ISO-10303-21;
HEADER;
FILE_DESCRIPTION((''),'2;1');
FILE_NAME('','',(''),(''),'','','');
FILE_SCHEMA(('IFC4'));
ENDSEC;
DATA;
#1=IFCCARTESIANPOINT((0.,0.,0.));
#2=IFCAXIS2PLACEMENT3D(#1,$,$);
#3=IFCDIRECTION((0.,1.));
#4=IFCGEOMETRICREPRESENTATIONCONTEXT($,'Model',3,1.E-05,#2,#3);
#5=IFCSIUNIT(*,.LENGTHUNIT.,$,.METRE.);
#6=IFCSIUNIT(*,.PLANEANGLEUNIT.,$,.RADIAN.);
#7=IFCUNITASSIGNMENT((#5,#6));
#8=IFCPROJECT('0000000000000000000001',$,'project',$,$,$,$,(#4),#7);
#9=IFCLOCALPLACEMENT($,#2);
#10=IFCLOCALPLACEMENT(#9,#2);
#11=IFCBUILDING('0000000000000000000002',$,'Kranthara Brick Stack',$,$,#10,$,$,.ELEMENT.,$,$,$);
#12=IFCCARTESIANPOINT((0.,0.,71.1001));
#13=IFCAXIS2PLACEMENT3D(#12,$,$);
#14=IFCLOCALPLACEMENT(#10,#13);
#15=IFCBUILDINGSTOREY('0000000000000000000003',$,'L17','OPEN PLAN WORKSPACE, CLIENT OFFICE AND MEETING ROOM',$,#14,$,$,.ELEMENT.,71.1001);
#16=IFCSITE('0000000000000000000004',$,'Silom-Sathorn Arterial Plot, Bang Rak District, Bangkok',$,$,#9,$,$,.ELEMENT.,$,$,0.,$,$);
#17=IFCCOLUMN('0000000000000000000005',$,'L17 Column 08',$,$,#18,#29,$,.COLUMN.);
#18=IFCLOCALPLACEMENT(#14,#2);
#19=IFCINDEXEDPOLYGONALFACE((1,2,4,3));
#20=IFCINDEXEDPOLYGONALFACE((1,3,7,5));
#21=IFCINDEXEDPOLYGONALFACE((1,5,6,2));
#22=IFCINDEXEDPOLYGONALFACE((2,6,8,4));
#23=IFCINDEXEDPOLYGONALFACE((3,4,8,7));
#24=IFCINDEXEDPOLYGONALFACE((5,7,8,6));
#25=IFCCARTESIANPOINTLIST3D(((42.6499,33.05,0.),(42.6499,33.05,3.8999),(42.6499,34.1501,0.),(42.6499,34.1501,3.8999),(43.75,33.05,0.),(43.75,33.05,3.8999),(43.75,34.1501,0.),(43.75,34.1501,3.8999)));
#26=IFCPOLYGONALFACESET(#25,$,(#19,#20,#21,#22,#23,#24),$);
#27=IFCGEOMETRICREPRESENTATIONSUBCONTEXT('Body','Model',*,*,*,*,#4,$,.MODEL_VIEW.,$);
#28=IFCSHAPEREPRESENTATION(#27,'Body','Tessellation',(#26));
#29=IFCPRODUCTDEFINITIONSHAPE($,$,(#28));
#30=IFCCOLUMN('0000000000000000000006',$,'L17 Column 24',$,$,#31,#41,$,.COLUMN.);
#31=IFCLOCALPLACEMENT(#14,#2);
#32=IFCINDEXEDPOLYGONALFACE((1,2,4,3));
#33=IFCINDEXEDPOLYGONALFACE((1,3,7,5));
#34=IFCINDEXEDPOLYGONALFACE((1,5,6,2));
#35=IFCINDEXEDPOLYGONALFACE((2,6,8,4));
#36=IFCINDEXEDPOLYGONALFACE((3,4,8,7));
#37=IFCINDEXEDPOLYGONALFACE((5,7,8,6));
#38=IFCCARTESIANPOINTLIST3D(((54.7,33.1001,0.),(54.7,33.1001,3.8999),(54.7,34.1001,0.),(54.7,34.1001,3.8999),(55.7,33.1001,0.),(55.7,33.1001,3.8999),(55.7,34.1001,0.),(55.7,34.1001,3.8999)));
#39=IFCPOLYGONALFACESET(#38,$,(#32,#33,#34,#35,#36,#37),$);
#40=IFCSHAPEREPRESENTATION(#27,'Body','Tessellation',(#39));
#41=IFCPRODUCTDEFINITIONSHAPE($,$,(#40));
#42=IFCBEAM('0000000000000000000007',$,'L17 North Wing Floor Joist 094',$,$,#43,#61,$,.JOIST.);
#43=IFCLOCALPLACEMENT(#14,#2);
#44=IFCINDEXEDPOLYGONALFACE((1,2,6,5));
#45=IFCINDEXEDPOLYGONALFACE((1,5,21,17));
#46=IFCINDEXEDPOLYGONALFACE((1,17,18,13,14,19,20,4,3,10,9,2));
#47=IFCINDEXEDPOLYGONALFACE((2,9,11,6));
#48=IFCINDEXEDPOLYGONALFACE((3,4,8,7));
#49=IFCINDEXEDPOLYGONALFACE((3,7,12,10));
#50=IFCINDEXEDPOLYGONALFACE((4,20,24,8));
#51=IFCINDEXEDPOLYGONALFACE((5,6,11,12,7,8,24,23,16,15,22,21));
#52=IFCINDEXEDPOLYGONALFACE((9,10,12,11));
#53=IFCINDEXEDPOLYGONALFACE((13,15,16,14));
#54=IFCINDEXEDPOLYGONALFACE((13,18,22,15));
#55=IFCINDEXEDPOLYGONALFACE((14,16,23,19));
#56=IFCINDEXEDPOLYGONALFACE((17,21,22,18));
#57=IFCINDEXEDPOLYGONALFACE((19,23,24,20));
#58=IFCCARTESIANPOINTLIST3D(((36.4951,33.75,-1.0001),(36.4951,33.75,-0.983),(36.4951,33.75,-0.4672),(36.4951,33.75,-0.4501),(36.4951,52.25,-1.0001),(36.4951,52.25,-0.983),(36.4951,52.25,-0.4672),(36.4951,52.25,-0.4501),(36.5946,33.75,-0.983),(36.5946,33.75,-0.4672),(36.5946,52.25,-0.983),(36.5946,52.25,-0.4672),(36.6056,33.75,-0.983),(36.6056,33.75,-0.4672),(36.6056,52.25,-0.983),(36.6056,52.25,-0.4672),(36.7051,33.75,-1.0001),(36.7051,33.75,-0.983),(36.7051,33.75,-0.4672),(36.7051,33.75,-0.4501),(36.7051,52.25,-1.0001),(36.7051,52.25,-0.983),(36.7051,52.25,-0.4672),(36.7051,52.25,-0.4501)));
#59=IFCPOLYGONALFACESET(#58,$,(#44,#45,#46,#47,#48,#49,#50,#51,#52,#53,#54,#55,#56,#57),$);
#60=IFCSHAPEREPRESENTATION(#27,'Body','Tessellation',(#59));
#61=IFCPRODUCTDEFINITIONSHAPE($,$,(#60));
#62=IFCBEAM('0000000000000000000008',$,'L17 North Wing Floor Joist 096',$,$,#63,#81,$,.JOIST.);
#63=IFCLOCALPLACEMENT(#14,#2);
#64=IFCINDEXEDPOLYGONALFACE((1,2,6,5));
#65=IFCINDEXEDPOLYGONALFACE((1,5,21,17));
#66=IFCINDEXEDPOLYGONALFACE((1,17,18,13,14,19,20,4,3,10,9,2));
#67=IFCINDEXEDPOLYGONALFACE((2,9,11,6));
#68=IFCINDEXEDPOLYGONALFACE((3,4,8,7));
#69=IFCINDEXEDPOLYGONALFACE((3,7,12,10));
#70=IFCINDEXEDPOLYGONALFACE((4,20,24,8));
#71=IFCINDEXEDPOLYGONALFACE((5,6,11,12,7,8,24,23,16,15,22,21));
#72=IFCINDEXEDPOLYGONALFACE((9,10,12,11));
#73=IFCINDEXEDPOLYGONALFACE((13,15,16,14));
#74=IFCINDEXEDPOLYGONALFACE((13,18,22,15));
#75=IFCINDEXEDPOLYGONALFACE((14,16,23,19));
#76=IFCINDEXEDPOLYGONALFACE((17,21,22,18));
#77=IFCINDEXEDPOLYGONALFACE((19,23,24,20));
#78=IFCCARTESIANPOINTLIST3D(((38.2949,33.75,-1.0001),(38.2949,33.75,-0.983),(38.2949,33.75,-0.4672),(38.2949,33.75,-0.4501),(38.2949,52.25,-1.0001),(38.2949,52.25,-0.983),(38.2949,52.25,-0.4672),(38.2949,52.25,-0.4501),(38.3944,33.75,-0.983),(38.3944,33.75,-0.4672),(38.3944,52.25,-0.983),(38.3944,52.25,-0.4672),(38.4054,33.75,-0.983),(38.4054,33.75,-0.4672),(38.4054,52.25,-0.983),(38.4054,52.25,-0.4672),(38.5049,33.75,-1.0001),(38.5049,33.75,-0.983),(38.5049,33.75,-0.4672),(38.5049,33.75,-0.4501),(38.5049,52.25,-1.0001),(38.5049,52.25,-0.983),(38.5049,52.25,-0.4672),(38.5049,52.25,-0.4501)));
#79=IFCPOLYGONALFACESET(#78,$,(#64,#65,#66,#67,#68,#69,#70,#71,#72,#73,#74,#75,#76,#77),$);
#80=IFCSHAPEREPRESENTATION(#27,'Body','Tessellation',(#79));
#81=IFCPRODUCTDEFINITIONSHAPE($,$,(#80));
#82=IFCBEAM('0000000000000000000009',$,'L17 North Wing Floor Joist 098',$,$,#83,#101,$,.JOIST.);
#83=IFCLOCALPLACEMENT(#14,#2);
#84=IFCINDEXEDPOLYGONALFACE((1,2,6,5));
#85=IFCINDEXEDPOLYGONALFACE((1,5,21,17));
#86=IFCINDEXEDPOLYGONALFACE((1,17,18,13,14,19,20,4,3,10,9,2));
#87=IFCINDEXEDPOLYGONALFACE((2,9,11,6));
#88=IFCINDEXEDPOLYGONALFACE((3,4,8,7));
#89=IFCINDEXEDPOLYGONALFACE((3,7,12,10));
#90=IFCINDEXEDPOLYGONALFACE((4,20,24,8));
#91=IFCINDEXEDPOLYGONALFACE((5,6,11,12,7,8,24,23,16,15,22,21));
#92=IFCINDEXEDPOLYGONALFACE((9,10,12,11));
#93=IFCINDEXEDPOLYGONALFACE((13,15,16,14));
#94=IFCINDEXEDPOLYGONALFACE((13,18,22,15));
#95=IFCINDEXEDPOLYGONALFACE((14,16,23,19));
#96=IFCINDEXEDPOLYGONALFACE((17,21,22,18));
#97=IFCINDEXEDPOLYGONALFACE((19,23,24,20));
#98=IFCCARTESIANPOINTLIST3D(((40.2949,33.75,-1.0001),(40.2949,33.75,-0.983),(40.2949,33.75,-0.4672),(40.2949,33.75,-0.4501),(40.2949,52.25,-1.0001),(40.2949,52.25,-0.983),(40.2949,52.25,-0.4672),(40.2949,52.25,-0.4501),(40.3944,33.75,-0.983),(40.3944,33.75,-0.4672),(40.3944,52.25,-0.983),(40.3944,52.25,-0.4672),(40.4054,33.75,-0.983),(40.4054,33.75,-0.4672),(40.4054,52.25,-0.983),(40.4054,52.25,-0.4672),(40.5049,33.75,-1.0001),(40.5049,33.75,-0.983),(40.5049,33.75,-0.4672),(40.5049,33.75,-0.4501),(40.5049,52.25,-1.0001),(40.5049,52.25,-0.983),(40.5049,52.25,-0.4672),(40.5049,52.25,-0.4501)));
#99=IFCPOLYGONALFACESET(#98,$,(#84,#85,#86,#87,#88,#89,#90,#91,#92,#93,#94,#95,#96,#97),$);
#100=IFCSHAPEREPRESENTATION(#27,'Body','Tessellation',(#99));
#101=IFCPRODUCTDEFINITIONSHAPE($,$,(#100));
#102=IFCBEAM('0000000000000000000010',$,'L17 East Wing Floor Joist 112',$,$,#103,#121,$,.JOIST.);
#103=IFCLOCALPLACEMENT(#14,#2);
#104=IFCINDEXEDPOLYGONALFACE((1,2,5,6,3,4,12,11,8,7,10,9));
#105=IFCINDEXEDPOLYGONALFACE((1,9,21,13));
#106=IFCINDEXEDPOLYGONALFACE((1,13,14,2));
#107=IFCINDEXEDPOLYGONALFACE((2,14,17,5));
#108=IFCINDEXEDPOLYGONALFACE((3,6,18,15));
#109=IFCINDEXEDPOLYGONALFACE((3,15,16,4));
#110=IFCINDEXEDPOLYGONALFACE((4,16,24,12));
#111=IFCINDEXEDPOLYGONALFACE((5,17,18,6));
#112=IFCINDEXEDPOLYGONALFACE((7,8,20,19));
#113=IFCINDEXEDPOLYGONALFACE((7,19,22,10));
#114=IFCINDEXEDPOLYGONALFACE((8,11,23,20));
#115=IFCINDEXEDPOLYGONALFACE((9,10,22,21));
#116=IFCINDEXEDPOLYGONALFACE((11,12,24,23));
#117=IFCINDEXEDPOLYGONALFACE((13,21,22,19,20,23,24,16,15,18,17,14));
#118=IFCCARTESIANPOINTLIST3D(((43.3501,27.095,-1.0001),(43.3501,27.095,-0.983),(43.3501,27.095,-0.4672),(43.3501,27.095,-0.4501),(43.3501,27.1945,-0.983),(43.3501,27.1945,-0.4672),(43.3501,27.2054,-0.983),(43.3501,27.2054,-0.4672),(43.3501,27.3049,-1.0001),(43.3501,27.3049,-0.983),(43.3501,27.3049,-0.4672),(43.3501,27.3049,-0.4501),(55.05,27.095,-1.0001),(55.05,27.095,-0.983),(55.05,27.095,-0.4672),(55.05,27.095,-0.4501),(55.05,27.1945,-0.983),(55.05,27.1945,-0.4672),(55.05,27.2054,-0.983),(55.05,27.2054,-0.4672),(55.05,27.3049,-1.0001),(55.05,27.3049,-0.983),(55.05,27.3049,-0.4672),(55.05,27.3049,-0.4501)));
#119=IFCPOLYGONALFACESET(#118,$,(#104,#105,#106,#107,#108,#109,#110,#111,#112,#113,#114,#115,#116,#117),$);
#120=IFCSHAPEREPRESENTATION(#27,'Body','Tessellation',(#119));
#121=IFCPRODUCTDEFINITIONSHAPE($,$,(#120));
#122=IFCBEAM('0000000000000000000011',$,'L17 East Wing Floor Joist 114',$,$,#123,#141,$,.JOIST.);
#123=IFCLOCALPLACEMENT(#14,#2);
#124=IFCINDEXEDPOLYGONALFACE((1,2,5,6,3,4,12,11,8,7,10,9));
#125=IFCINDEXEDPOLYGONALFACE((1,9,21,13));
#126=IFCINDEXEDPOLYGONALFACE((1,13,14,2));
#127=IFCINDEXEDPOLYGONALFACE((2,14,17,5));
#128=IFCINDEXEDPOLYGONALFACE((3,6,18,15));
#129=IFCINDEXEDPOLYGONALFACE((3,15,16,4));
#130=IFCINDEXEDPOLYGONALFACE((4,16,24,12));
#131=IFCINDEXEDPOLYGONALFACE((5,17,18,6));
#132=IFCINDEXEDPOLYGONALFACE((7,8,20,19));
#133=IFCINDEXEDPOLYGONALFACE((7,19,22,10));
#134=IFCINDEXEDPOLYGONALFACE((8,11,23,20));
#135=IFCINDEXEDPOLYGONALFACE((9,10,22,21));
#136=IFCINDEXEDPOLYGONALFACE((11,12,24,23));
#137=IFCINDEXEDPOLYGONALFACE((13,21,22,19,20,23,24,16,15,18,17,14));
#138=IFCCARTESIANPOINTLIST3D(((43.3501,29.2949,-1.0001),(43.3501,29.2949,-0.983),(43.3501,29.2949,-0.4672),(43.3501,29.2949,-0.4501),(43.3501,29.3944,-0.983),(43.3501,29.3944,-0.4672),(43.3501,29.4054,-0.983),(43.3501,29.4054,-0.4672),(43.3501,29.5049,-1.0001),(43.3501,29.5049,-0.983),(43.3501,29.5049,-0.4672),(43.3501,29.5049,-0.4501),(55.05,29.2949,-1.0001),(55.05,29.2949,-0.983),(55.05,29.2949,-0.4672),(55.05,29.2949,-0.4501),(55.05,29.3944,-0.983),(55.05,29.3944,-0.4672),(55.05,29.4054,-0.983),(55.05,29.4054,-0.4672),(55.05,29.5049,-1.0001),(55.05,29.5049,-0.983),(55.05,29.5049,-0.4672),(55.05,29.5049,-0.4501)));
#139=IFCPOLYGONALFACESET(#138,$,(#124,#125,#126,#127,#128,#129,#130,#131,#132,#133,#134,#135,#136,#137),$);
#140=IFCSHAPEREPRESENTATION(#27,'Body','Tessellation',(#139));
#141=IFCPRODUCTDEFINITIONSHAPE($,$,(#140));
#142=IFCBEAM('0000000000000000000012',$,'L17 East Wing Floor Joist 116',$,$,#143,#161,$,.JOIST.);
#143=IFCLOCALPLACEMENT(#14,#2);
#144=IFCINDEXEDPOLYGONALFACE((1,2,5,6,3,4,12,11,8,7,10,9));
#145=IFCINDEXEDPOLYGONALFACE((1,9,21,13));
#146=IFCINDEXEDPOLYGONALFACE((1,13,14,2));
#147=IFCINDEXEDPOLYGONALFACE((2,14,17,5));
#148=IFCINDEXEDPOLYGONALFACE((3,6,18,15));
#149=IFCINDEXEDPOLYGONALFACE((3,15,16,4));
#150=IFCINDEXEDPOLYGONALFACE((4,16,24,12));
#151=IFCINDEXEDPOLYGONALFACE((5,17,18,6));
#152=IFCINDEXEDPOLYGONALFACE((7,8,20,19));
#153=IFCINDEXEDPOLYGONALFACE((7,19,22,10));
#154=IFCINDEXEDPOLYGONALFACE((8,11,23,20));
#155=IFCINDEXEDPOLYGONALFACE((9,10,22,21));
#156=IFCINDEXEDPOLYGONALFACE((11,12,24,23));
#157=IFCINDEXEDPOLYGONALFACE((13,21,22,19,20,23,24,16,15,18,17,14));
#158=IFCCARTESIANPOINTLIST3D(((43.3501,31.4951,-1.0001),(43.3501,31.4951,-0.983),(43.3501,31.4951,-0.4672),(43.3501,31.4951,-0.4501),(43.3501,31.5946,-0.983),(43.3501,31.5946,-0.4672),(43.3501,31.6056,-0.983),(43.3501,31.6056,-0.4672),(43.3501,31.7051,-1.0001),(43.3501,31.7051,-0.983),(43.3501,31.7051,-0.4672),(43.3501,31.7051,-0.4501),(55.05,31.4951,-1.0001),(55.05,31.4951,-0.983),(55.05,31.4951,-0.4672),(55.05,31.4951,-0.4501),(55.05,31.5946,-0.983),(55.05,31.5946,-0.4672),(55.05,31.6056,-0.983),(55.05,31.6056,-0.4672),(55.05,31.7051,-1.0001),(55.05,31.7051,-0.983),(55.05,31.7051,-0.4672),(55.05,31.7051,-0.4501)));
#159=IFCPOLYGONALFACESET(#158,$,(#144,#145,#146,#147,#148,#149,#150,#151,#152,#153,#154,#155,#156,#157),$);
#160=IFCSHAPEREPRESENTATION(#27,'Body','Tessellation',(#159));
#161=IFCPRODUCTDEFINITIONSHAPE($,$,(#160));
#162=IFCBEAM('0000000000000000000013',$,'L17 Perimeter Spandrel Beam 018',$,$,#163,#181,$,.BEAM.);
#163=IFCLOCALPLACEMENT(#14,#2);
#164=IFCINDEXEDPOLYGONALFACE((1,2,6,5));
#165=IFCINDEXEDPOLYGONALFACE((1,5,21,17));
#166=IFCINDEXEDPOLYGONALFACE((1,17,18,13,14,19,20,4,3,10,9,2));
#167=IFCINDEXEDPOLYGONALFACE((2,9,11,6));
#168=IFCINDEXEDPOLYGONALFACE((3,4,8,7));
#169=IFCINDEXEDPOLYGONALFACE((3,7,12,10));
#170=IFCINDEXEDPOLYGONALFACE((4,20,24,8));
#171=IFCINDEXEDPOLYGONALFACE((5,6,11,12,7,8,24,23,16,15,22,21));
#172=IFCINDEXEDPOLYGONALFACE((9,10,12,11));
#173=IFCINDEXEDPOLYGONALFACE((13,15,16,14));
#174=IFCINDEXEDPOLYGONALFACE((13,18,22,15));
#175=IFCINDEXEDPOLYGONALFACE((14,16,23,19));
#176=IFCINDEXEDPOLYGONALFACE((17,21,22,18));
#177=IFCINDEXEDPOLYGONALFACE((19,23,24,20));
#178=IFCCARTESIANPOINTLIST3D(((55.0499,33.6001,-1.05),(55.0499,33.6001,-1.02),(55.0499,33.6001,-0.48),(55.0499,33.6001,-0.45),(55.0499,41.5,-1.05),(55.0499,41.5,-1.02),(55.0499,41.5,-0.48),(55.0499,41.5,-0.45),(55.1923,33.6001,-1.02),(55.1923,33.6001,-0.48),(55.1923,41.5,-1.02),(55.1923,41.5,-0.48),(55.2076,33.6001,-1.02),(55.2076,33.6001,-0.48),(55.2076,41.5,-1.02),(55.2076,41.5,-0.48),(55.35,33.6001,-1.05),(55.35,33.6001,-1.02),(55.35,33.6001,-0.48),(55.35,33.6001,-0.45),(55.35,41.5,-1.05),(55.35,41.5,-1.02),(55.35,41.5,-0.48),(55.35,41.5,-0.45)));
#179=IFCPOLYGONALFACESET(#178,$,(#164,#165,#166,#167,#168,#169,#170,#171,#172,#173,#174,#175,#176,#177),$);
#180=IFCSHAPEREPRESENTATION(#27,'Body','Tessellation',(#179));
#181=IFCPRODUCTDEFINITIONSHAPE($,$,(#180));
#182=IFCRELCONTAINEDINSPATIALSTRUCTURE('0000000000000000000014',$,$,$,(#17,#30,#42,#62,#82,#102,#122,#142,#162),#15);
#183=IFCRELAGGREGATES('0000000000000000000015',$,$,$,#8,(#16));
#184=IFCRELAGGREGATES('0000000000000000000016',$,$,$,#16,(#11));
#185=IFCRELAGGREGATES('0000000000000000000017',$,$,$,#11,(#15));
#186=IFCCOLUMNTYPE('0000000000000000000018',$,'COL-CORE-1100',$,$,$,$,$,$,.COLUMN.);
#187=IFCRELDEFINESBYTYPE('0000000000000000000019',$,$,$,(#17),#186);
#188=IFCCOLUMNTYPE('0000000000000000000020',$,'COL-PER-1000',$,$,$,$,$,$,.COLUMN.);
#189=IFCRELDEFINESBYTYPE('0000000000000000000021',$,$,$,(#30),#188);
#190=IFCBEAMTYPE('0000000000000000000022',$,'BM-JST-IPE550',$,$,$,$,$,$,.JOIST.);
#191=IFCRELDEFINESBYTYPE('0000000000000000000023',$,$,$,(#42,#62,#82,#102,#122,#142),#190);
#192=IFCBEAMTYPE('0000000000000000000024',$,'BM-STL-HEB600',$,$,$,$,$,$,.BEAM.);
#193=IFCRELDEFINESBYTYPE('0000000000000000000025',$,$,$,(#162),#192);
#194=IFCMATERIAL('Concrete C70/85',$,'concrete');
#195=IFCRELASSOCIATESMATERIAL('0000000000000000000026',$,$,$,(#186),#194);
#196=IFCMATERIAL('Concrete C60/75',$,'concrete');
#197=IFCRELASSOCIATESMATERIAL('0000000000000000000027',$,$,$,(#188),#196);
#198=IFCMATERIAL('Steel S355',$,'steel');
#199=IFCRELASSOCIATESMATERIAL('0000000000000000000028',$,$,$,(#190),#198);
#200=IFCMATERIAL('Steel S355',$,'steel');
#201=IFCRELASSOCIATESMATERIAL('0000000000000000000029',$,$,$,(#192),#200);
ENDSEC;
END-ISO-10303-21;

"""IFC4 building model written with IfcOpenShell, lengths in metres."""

from ifc_helpers import new_model, si_unit, direction, frame, origin, origin_2d, place, context, subcontext, project, spatial, rectangle, i_section, extrude, material, material_profile, profile_set, type_object, element, save


model = new_model("IFC4")

# Units and contexts
model_context = context("Model", 3, precision=1e-05, world=origin(), true_north=direction((0.0, 1.0)))
body_context = subcontext(model_context, "Body", "Model", "MODEL_VIEW")
ifc_project = project(units=[si_unit("LENGTHUNIT", "METRE"), si_unit("PLANEANGLEUNIT", "RADIAN")], contexts=[model_context])

# Site, building, storey
site_placement = place(None, origin())
site = spatial("IfcSite", under=ifc_project, at=site_placement, Name="Silom-Sathorn Arterial Plot, Bang Rak District, Bangkok", CompositionType="ELEMENT", RefElevation=0.0)
building_placement = place(site_placement, origin())
building = spatial("IfcBuilding", under=site, at=building_placement, Name="Kranthara Brick Stack", CompositionType="ELEMENT")
storey_placement = place(building_placement, frame((0.0, 0.0, 71.1001)))
storey = spatial("IfcBuildingStorey", under=building, at=storey_placement, Name="L17", Description="OPEN PLAN WORKSPACE, CLIENT OFFICE AND MEETING ROOM", CompositionType="ELEMENT", Elevation=71.1001)

# Columns
ifc_material_1 = material(Name="Concrete C70/85", Category="concrete")
ifc_material_profile_1 = material_profile(ifc_material_1, rectangle(XDim=1.1001, YDim=1.1001, at=origin_2d()), Name="RC 1100x1100")
ifc_profile_set_1 = profile_set([ifc_material_profile_1], Name="Concrete C70/85")
column_type_1 = type_object("IfcColumnType", Name="COL-CORE-1100", PredefinedType="COLUMN", material=ifc_profile_set_1)
column_1_placement = place(storey_placement, frame((43.2, 33.6001, 0.0), z_axis=(0.0, 0.0, 1.0), x_axis=(1.0, 0.0, 0.0)))
element("IfcColumn", 1, at=column_1_placement, inside=storey, type_object=column_type_1, Name="L17 Column 08", PredefinedType="COLUMN", context=body_context, shape_type="SweptSolid", body=[
    extrude(rectangle(XDim=1.1001, YDim=1.1001, at=origin_2d()), origin(), (0.0, 0.0, 1.0), 3.8999),
])
ifc_material_2 = material(Name="Concrete C60/75", Category="concrete")
ifc_material_profile_2 = material_profile(ifc_material_2, rectangle(XDim=1.0, YDim=1.0, at=origin_2d()), Name="RC 1000x1000")
ifc_profile_set_2 = profile_set([ifc_material_profile_2], Name="Concrete C60/75")
column_type_2 = type_object("IfcColumnType", Name="COL-PER-1000", PredefinedType="COLUMN", material=ifc_profile_set_2)
column_2_placement = place(storey_placement, frame((55.2, 33.6001, 0.0), z_axis=(0.0, 0.0, 1.0), x_axis=(1.0, 0.0, 0.0)))
element("IfcColumn", 2, at=column_2_placement, inside=storey, type_object=column_type_2, Name="L17 Column 24", PredefinedType="COLUMN", context=body_context, shape_type="SweptSolid", body=[
    extrude(rectangle(XDim=1.0, YDim=1.0, at=origin_2d()), origin(), (0.0, 0.0, 1.0), 3.8999),
])

# Beams
ifc_material_3 = material(Name="Steel S355", Category="steel")
ifc_material_profile_3 = material_profile(ifc_material_3, i_section(OverallWidth=0.21, OverallDepth=0.55, WebThickness=0.011, FlangeThickness=0.0171, at=origin_2d()), Name="IPE 550")
ifc_profile_set_3 = profile_set([ifc_material_profile_3], Name="Steel S355")
beam_type_1 = type_object("IfcBeamType", Name="BM-JST-IPE550", PredefinedType="JOIST", material=ifc_profile_set_3)
for number, where, z_axis, x_axis, name in (
    (3, (36.6001, 33.75, -0.7251), (0.0, 1.0, 0.0), (-1.0, 0.0, 0.0), "L17 North Wing Floor Joist 094"),
    (4, (38.3999, 33.75, -0.7251), (0.0, 1.0, 0.0), (-1.0, 0.0, 0.0), "L17 North Wing Floor Joist 096"),
    (5, (40.3999, 33.75, -0.7251), (0.0, 1.0, 0.0), (-1.0, 0.0, 0.0), "L17 North Wing Floor Joist 098"),
):
    element("IfcBeam", number, at=place(storey_placement, frame(where, z_axis=z_axis, x_axis=x_axis)), inside=storey, type_object=beam_type_1, Name=name, PredefinedType="JOIST", context=body_context, shape_type="SweptSolid", body=[
        extrude(i_section(OverallWidth=0.21, OverallDepth=0.55, WebThickness=0.011, FlangeThickness=0.0171, at=origin_2d()), origin(), (0.0, 0.0, 1.0), 18.5),
    ])
for number, where, z_axis, x_axis, name in (
    (6, (43.3501, 27.2, -0.7251), (1.0, 0.0, 0.0), (0.0, 1.0, 0.0), "L17 East Wing Floor Joist 112"),
    (7, (43.3501, 29.3999, -0.7251), (1.0, 0.0, 0.0), (0.0, 1.0, 0.0), "L17 East Wing Floor Joist 114"),
    (8, (43.3501, 31.6001, -0.7251), (1.0, 0.0, 0.0), (0.0, 1.0, 0.0), "L17 East Wing Floor Joist 116"),
):
    element("IfcBeam", number, at=place(storey_placement, frame(where, z_axis=z_axis, x_axis=x_axis)), inside=storey, type_object=beam_type_1, Name=name, PredefinedType="JOIST", context=body_context, shape_type="SweptSolid", body=[
        extrude(i_section(OverallWidth=0.21, OverallDepth=0.55, WebThickness=0.011, FlangeThickness=0.0171, at=origin_2d()), origin(), (0.0, 0.0, 1.0), 11.7),
    ])
ifc_material_4 = material(Name="Steel S355", Category="steel")
ifc_material_profile_4 = material_profile(ifc_material_4, i_section(OverallWidth=0.3, OverallDepth=0.6001, WebThickness=0.0154, FlangeThickness=0.03, at=origin_2d()), Name="HEB 600")
ifc_profile_set_4 = profile_set([ifc_material_profile_4], Name="Steel S355")
beam_type_2 = type_object("IfcBeamType", Name="BM-STL-HEB600", PredefinedType="BEAM", material=ifc_profile_set_4)
beam_1_placement = place(storey_placement, frame((55.2, 33.6001, -0.75), z_axis=(0.0, 1.0, 0.0), x_axis=(-1.0, 0.0, 0.0)))
element("IfcBeam", 9, at=beam_1_placement, inside=storey, type_object=beam_type_2, Name="L17 Perimeter Spandrel Beam 018", PredefinedType="BEAM", context=body_context, shape_type="SweptSolid", body=[
    extrude(i_section(OverallWidth=0.3, OverallDepth=0.6001, WebThickness=0.0154, FlangeThickness=0.03, at=origin_2d()), origin(), (0.0, 0.0, 1.0), 7.8999),
])

save(model, "model.ifc")
